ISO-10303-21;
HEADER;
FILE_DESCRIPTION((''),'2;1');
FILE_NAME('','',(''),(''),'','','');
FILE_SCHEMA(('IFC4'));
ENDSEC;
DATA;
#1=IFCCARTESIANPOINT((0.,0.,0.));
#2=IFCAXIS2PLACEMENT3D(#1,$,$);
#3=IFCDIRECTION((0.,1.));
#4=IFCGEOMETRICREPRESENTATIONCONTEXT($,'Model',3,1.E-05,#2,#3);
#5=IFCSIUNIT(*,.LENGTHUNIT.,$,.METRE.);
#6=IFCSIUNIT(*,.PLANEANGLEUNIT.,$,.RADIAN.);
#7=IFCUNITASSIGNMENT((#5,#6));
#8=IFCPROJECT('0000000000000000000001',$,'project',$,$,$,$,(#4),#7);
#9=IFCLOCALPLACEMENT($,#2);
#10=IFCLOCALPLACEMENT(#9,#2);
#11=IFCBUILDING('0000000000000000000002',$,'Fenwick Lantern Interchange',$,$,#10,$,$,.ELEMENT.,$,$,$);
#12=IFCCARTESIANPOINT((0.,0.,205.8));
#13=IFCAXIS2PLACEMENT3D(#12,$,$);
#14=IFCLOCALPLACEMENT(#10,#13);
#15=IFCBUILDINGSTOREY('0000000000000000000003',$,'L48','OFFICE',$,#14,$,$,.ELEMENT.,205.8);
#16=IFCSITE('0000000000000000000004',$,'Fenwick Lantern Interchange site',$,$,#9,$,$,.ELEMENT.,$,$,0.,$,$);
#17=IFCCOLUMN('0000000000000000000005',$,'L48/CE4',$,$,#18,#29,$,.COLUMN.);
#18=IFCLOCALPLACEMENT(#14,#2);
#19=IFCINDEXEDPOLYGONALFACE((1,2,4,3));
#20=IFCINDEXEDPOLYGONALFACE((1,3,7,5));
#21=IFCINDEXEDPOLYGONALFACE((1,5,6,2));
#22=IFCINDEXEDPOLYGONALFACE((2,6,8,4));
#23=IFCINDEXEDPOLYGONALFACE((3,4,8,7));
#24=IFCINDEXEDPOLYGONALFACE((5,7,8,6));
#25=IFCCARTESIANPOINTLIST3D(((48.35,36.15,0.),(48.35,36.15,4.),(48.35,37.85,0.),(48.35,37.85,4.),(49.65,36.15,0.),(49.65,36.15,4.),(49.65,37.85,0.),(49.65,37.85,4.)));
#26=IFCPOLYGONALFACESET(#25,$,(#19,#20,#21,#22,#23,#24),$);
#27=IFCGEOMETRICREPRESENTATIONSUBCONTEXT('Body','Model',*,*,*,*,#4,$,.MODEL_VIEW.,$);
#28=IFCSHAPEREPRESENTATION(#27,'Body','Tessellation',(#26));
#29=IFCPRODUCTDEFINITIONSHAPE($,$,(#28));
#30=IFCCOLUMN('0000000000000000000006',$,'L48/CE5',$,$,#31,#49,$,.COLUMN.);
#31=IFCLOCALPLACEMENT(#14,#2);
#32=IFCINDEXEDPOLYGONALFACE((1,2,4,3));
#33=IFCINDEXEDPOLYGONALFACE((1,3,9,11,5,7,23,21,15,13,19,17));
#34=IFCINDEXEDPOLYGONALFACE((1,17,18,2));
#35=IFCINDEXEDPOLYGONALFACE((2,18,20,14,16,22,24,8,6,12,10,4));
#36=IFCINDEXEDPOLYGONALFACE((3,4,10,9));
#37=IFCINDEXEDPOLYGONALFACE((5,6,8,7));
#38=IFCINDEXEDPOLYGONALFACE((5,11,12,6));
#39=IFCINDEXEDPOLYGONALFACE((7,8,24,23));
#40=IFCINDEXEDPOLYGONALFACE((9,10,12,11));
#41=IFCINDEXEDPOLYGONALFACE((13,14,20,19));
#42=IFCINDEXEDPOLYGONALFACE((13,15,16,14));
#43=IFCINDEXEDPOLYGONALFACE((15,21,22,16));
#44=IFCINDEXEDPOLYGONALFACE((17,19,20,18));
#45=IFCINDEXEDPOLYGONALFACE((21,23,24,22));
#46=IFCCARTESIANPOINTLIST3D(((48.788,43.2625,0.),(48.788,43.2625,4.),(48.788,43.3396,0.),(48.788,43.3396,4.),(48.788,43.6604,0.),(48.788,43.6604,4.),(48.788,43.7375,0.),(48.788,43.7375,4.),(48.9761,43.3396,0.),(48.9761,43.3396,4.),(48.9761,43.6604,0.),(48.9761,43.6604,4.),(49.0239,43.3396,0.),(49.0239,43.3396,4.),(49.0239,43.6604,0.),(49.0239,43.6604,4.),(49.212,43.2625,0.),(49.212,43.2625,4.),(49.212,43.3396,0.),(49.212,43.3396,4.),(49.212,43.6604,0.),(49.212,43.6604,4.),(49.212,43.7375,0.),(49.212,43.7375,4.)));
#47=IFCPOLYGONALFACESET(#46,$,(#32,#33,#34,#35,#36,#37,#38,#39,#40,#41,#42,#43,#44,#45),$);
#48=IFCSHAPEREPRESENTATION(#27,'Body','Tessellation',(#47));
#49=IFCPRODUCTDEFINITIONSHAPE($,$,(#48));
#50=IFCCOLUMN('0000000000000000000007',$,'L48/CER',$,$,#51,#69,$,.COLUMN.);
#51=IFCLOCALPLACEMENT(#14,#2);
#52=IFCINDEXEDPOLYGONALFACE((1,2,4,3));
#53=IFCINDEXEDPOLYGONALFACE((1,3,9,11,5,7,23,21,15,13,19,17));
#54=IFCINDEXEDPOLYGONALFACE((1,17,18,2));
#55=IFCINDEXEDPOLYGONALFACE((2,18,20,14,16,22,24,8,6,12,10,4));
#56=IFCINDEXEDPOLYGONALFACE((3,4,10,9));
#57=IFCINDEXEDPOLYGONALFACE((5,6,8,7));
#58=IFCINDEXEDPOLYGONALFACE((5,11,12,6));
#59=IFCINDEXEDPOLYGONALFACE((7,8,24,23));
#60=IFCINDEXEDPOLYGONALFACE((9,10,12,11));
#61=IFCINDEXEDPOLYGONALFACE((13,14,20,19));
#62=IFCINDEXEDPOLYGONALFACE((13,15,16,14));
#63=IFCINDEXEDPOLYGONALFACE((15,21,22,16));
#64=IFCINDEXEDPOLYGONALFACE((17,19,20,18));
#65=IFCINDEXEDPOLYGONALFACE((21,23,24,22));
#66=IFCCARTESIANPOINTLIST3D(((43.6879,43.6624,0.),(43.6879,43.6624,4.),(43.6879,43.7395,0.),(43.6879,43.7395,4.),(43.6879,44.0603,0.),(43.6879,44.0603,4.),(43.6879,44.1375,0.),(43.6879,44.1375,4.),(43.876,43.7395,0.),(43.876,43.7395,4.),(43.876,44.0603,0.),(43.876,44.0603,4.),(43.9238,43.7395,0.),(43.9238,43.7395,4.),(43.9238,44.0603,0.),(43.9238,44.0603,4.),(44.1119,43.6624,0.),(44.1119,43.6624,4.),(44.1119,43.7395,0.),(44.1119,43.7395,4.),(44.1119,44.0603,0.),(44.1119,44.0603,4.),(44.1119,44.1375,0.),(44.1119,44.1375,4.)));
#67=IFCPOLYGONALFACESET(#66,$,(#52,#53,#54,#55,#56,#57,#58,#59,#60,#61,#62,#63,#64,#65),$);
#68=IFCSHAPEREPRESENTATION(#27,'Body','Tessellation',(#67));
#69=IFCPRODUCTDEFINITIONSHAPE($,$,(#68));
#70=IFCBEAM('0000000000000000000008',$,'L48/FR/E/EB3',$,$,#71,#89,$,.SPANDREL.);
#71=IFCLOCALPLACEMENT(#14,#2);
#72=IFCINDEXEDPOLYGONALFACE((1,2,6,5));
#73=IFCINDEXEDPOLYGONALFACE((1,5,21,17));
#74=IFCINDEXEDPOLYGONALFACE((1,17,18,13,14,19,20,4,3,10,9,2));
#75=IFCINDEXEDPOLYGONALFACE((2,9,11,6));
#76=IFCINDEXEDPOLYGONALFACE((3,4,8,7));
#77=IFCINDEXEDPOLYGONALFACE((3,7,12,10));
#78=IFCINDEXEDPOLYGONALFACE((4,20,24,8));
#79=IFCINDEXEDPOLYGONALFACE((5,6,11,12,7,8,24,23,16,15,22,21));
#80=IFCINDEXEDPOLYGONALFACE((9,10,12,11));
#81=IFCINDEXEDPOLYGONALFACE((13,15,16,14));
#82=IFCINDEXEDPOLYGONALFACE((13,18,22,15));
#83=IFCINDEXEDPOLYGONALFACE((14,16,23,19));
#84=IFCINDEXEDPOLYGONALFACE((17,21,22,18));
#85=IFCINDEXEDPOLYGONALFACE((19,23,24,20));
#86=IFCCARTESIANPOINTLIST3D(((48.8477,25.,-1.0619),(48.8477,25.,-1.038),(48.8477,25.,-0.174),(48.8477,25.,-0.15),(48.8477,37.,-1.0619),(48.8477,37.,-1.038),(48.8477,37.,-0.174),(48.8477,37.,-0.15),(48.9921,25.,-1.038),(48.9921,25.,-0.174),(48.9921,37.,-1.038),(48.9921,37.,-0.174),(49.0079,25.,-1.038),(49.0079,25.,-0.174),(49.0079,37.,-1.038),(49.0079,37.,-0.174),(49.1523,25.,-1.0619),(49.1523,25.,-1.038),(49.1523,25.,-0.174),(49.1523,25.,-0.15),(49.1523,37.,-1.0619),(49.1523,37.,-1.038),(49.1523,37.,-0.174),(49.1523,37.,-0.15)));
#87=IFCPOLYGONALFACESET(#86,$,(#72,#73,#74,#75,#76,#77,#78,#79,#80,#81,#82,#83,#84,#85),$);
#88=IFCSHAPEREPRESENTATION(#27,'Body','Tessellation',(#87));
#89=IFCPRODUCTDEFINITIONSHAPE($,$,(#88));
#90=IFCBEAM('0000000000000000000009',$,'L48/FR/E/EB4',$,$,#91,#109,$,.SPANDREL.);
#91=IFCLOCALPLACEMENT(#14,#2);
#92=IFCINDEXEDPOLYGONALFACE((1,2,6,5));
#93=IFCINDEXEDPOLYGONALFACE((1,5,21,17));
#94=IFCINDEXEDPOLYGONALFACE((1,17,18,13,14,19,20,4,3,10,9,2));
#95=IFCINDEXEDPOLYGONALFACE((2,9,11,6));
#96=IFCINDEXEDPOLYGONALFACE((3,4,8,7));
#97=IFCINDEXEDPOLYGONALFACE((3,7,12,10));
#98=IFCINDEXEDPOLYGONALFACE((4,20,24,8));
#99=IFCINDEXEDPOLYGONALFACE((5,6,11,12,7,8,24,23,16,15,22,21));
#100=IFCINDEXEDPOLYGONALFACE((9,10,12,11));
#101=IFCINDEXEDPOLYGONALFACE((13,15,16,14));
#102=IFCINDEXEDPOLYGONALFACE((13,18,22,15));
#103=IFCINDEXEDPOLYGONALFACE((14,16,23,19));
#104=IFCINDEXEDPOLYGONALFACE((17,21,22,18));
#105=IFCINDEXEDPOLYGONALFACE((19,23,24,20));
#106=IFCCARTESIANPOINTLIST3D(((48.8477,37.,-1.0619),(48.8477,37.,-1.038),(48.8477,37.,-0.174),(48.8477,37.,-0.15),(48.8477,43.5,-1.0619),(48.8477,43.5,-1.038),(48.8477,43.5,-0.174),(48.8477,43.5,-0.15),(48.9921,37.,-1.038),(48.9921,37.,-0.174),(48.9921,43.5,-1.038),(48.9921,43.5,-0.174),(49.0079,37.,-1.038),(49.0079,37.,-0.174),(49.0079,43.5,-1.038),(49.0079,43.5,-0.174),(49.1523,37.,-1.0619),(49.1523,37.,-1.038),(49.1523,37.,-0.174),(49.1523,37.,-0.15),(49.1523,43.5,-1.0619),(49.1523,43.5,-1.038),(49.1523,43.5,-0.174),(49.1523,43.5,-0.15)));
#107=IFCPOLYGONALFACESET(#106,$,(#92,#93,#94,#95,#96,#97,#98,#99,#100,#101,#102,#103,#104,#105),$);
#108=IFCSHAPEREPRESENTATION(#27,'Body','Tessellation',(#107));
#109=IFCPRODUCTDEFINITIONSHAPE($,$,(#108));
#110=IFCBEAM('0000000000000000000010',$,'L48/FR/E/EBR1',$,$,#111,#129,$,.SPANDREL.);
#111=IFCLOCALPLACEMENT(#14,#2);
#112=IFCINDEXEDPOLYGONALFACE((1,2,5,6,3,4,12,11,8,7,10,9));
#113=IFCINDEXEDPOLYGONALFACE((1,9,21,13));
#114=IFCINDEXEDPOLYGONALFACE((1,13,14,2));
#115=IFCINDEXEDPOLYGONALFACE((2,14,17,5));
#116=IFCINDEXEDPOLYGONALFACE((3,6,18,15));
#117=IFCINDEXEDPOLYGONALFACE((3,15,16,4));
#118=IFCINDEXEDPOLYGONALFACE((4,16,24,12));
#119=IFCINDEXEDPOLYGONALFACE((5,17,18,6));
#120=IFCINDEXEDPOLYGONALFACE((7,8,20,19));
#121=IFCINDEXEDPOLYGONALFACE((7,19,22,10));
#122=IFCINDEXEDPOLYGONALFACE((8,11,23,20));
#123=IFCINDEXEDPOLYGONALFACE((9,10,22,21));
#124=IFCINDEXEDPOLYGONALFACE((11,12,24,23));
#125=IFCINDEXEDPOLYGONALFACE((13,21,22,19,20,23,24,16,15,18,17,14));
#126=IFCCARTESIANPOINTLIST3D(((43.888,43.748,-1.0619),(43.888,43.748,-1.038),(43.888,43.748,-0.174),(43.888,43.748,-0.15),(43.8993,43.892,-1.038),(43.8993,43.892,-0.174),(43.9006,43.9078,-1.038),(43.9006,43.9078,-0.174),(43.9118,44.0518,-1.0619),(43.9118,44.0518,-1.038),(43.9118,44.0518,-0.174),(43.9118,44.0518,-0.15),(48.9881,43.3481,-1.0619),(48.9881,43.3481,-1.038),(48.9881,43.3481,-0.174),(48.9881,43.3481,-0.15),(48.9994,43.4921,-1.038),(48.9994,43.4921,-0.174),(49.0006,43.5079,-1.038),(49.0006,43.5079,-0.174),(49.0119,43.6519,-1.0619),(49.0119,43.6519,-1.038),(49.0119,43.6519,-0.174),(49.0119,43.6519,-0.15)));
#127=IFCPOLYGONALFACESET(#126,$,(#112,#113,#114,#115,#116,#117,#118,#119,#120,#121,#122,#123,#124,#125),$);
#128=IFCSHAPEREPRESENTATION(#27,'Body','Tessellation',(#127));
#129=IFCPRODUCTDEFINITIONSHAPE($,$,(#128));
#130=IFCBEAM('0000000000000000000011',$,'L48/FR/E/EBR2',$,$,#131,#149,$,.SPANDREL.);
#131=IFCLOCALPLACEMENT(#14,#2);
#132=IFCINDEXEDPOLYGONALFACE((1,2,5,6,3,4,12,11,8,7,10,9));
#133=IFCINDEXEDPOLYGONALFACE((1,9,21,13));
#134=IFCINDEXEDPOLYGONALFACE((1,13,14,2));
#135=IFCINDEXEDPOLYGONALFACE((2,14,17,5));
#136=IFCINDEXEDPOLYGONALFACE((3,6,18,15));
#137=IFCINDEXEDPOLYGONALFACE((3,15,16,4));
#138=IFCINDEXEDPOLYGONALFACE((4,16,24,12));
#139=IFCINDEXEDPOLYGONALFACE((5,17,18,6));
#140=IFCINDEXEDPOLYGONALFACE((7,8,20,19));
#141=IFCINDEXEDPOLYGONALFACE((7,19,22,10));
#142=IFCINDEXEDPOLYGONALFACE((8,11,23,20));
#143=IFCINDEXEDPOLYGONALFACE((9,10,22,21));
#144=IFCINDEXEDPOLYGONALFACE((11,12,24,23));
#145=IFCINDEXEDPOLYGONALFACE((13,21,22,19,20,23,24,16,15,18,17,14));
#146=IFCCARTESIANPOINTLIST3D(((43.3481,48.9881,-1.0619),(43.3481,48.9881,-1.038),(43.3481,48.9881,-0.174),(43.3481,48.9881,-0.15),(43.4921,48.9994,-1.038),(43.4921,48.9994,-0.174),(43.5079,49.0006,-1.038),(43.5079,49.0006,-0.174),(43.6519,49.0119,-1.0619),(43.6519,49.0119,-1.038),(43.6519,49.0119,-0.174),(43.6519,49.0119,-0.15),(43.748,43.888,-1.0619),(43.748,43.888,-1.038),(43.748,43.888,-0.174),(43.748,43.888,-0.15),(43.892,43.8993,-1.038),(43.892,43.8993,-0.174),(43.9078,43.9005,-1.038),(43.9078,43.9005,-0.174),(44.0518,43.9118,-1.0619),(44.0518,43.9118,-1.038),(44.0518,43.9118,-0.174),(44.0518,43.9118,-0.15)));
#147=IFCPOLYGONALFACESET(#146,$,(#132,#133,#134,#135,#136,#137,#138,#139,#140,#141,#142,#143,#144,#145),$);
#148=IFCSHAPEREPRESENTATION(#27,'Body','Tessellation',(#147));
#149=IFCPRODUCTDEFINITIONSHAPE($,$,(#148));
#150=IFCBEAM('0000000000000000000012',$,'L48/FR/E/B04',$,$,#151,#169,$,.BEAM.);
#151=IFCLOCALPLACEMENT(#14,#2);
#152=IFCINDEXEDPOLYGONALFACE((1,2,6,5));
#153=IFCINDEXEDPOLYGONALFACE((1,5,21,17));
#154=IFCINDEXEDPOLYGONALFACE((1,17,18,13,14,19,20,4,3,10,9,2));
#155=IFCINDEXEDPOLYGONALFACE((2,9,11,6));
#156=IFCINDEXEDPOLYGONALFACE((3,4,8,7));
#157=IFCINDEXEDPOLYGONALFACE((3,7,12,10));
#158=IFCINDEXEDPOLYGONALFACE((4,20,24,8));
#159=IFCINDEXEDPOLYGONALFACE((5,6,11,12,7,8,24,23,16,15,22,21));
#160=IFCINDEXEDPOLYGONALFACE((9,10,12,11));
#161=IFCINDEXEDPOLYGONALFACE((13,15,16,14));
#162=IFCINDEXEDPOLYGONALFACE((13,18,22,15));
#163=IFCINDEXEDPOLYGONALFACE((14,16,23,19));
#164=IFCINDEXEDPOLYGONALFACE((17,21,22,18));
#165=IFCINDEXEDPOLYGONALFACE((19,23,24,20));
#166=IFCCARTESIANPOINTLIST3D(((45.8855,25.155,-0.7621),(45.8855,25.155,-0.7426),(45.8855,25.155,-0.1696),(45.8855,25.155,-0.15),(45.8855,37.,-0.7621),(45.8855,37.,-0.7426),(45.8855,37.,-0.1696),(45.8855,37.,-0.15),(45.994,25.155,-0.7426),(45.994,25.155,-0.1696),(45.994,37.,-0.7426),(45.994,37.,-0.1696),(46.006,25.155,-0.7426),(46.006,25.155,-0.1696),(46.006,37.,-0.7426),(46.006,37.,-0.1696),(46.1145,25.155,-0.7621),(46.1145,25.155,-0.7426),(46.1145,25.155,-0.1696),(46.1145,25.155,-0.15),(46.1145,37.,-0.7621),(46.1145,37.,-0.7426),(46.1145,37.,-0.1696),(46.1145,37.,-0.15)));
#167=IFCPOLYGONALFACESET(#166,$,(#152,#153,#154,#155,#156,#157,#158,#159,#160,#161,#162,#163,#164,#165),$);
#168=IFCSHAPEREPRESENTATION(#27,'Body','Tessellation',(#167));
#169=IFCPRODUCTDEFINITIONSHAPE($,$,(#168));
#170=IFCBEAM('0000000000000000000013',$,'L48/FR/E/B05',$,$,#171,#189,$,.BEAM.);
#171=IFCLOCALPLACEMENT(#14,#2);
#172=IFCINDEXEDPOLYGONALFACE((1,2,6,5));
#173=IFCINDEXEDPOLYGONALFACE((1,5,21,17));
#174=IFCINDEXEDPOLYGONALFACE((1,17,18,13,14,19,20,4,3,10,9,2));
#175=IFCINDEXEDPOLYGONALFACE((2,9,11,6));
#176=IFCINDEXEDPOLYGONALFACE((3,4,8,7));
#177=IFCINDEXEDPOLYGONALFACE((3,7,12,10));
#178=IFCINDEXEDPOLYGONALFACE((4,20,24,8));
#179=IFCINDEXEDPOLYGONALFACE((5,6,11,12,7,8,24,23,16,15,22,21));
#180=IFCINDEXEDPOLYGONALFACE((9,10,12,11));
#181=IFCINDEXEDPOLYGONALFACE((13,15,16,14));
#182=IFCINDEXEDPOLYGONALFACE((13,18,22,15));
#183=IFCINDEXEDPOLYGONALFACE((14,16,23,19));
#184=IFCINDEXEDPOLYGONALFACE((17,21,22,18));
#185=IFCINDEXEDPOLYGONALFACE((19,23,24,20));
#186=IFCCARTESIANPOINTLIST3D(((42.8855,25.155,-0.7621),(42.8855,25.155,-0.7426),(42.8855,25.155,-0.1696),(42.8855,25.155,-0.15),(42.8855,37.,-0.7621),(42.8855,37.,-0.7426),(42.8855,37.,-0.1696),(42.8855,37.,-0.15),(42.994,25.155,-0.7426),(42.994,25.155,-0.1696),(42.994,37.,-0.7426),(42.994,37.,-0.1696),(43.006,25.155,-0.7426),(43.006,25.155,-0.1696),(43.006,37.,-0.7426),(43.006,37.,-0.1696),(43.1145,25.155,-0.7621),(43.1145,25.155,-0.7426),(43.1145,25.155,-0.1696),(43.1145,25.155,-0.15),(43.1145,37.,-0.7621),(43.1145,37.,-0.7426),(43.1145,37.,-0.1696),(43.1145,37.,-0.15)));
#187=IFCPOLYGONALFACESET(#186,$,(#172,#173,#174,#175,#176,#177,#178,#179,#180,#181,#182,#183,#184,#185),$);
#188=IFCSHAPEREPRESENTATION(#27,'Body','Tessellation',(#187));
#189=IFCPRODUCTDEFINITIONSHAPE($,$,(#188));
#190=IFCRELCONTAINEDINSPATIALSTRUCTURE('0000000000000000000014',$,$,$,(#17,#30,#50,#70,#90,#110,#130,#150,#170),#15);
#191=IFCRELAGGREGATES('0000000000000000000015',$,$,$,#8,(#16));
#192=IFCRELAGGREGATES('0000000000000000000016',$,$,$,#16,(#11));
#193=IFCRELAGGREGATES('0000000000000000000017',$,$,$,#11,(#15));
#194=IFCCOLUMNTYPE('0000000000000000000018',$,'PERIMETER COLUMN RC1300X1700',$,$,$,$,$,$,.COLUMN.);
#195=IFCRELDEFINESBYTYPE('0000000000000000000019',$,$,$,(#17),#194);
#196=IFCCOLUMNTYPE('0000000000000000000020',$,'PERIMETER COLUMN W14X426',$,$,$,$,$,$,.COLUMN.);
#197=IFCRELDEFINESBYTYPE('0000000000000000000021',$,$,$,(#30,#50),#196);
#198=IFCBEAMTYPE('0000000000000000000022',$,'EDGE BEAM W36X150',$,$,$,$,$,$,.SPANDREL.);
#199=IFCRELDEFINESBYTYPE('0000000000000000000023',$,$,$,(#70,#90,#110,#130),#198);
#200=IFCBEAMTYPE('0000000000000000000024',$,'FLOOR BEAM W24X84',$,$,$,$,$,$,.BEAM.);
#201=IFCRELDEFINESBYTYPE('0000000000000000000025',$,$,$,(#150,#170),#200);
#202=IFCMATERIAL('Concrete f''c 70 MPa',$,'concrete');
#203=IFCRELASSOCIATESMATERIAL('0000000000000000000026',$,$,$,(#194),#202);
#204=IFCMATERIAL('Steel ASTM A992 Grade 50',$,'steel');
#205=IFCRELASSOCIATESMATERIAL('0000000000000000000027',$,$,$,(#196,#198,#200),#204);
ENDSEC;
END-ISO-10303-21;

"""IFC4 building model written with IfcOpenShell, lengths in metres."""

from ifc_helpers import new_model, si_unit, direction, frame, origin, origin_2d, place, context, subcontext, project, spatial, rectangle, i_section, extrude, material, material_profile, profile_set, type_object, element, save


model = new_model("IFC4")

# Units and contexts
model_context = context("Model", 3, precision=1e-05, world=origin(), true_north=direction((0.0, 1.0)))
body_context = subcontext(model_context, "Body", "Model", "MODEL_VIEW")
ifc_project = project(units=[si_unit("LENGTHUNIT", "METRE"), si_unit("PLANEANGLEUNIT", "RADIAN")], contexts=[model_context])

# Site, building, storey
site_placement = place(None, origin())
site = spatial("IfcSite", under=ifc_project, at=site_placement, Name="Fenwick Lantern Interchange site", CompositionType="ELEMENT", RefElevation=0.0)
building_placement = place(site_placement, origin())
building = spatial("IfcBuilding", under=site, at=building_placement, Name="Fenwick Lantern Interchange", CompositionType="ELEMENT")
storey_placement = place(building_placement, frame((0.0, 0.0, 205.8)))
storey = spatial("IfcBuildingStorey", under=building, at=storey_placement, Name="L48", Description="OFFICE", CompositionType="ELEMENT", Elevation=205.8)

# Columns
ifc_material_1 = material(Name="Concrete f'c 70 MPa", Category="concrete")
ifc_material_profile_1 = material_profile(ifc_material_1, rectangle(XDim=1.3, YDim=1.7, at=origin_2d()), Name="RC1300X1700")
ifc_profile_set_1 = profile_set([ifc_material_profile_1], Name="Concrete f'c 70 MPa")
column_type_1 = type_object("IfcColumnType", Name="PERIMETER COLUMN RC1300X1700", PredefinedType="COLUMN", material=ifc_profile_set_1)
column_placement = place(storey_placement, frame((49.0, 37.0, 0.0), z_axis=(0.0, 0.0, 1.0), x_axis=(1.0, 0.0, 0.0)))
element("IfcColumn", 1, at=column_placement, inside=storey, type_object=column_type_1, Name="L48/CE4", PredefinedType="COLUMN", context=body_context, shape_type="SweptSolid", body=[
    extrude(rectangle(XDim=1.3, YDim=1.7, at=origin_2d()), origin(), (0.0, 0.0, 1.0), 4.0),
])
ifc_material_2 = material(Name="Steel ASTM A992 Grade 50", Category="steel")
ifc_material_profile_2 = material_profile(ifc_material_2, i_section(OverallWidth=0.4241, OverallDepth=0.4751, WebThickness=0.0479, FlangeThickness=0.0771, at=origin_2d()), Name="W14X426")
ifc_profile_set_2 = profile_set([ifc_material_profile_2], Name="Steel ASTM A992 Grade 50")
column_type_2 = type_object("IfcColumnType", Name="PERIMETER COLUMN W14X426", PredefinedType="COLUMN", material=ifc_profile_set_2)
for number, where, z_axis, x_axis, name in (
    (2, (49.0, 43.5, 0.0), (0.0, 0.0, 1.0), (1.0, 0.0, 0.0), "L48/CE5"),
    (3, (43.8999, 43.8999, 0.0), (0.0, 0.0, 1.0), (1.0, 0.0, 0.0), "L48/CER"),
):
    element("IfcColumn", number, at=place(storey_placement, frame(where, z_axis=z_axis, x_axis=x_axis)), inside=storey, type_object=column_type_2, Name=name, PredefinedType="COLUMN", context=body_context, shape_type="SweptSolid", body=[
        extrude(i_section(OverallWidth=0.4241, OverallDepth=0.4751, WebThickness=0.0479, FlangeThickness=0.0771, at=origin_2d()), origin(), (0.0, 0.0, 1.0), 4.0),
    ])

# Beams
ifc_material_profile_3 = material_profile(ifc_material_2, i_section(OverallWidth=0.3047, OverallDepth=0.9119, WebThickness=0.0159, FlangeThickness=0.0239, at=origin_2d()), Name="W36X150")
ifc_profile_set_3 = profile_set([ifc_material_profile_3], Name="Steel ASTM A992 Grade 50")
beam_type_1 = type_object("IfcBeamType", Name="EDGE BEAM W36X150", PredefinedType="SPANDREL", material=ifc_profile_set_3)
beam_1_placement = place(storey_placement, frame((49.0, 25.0, -0.606), z_axis=(0.0, 1.0, 0.0), x_axis=(-1.0, 0.0, 0.0)))
element("IfcBeam", 4, at=beam_1_placement, inside=storey, type_object=beam_type_1, Name="L48/FR/E/EB3", PredefinedType="SPANDREL", context=body_context, shape_type="SweptSolid", body=[
    extrude(i_section(OverallWidth=0.3047, OverallDepth=0.9119, WebThickness=0.0159, FlangeThickness=0.0239, at=origin_2d()), origin(), (0.0, 0.0, 1.0), 12.0),
])
beam_2_placement = place(storey_placement, frame((49.0, 37.0, -0.606), z_axis=(0.0, 1.0, 0.0), x_axis=(-1.0, 0.0, 0.0)))
element("IfcBeam", 5, at=beam_2_placement, inside=storey, type_object=beam_type_1, Name="L48/FR/E/EB4", PredefinedType="SPANDREL", context=body_context, shape_type="SweptSolid", body=[
    extrude(i_section(OverallWidth=0.3047, OverallDepth=0.9119, WebThickness=0.0159, FlangeThickness=0.0239, at=origin_2d()), origin(), (0.0, 0.0, 1.0), 6.5),
])
for number, where, z_axis, x_axis, name in (
    (6, (49.0, 43.5, -0.606), (-0.99694, 0.078171, 0.0), (-0.078171, -0.99694, 0.0), "L48/FR/E/EBR1"),
    (7, (43.8999, 43.8999, -0.606), (-0.078171, 0.99694, 0.0), (-0.99694, -0.078171, 0.0), "L48/FR/E/EBR2"),
):
    element("IfcBeam", number, at=place(storey_placement, frame(where, z_axis=z_axis, x_axis=x_axis)), inside=storey, type_object=beam_type_1, Name=name, PredefinedType="SPANDREL", context=body_context, shape_type="SweptSolid", body=[
        extrude(i_section(OverallWidth=0.3047, OverallDepth=0.9119, WebThickness=0.0159, FlangeThickness=0.0239, at=origin_2d()), origin(), (0.0, 0.0, 1.0), 5.1157),
    ])
ifc_material_profile_4 = material_profile(ifc_material_2, i_section(OverallWidth=0.229, OverallDepth=0.6121, WebThickness=0.012, FlangeThickness=0.0195, at=origin_2d()), Name="W24X84")
ifc_profile_set_4 = profile_set([ifc_material_profile_4], Name="Steel ASTM A992 Grade 50")
beam_type_2 = type_object("IfcBeamType", Name="FLOOR BEAM W24X84", PredefinedType="BEAM", material=ifc_profile_set_4)
for number, where, z_axis, x_axis, name in (
    (8, (46.0, 25.155, -0.4561), (0.0, 1.0, 0.0), (-1.0, 0.0, 0.0), "L48/FR/E/B04"),
    (9, (43.0, 25.155, -0.4561), (0.0, 1.0, 0.0), (-1.0, 0.0, 0.0), "L48/FR/E/B05"),
):
    element("IfcBeam", number, at=place(storey_placement, frame(where, z_axis=z_axis, x_axis=x_axis)), inside=storey, type_object=beam_type_2, Name=name, PredefinedType="BEAM", context=body_context, shape_type="SweptSolid", body=[
        extrude(i_section(OverallWidth=0.229, OverallDepth=0.6121, WebThickness=0.012, FlangeThickness=0.0195, at=origin_2d()), origin(), (0.0, 0.0, 1.0), 11.845),
    ])

save(model, "model.ifc")
